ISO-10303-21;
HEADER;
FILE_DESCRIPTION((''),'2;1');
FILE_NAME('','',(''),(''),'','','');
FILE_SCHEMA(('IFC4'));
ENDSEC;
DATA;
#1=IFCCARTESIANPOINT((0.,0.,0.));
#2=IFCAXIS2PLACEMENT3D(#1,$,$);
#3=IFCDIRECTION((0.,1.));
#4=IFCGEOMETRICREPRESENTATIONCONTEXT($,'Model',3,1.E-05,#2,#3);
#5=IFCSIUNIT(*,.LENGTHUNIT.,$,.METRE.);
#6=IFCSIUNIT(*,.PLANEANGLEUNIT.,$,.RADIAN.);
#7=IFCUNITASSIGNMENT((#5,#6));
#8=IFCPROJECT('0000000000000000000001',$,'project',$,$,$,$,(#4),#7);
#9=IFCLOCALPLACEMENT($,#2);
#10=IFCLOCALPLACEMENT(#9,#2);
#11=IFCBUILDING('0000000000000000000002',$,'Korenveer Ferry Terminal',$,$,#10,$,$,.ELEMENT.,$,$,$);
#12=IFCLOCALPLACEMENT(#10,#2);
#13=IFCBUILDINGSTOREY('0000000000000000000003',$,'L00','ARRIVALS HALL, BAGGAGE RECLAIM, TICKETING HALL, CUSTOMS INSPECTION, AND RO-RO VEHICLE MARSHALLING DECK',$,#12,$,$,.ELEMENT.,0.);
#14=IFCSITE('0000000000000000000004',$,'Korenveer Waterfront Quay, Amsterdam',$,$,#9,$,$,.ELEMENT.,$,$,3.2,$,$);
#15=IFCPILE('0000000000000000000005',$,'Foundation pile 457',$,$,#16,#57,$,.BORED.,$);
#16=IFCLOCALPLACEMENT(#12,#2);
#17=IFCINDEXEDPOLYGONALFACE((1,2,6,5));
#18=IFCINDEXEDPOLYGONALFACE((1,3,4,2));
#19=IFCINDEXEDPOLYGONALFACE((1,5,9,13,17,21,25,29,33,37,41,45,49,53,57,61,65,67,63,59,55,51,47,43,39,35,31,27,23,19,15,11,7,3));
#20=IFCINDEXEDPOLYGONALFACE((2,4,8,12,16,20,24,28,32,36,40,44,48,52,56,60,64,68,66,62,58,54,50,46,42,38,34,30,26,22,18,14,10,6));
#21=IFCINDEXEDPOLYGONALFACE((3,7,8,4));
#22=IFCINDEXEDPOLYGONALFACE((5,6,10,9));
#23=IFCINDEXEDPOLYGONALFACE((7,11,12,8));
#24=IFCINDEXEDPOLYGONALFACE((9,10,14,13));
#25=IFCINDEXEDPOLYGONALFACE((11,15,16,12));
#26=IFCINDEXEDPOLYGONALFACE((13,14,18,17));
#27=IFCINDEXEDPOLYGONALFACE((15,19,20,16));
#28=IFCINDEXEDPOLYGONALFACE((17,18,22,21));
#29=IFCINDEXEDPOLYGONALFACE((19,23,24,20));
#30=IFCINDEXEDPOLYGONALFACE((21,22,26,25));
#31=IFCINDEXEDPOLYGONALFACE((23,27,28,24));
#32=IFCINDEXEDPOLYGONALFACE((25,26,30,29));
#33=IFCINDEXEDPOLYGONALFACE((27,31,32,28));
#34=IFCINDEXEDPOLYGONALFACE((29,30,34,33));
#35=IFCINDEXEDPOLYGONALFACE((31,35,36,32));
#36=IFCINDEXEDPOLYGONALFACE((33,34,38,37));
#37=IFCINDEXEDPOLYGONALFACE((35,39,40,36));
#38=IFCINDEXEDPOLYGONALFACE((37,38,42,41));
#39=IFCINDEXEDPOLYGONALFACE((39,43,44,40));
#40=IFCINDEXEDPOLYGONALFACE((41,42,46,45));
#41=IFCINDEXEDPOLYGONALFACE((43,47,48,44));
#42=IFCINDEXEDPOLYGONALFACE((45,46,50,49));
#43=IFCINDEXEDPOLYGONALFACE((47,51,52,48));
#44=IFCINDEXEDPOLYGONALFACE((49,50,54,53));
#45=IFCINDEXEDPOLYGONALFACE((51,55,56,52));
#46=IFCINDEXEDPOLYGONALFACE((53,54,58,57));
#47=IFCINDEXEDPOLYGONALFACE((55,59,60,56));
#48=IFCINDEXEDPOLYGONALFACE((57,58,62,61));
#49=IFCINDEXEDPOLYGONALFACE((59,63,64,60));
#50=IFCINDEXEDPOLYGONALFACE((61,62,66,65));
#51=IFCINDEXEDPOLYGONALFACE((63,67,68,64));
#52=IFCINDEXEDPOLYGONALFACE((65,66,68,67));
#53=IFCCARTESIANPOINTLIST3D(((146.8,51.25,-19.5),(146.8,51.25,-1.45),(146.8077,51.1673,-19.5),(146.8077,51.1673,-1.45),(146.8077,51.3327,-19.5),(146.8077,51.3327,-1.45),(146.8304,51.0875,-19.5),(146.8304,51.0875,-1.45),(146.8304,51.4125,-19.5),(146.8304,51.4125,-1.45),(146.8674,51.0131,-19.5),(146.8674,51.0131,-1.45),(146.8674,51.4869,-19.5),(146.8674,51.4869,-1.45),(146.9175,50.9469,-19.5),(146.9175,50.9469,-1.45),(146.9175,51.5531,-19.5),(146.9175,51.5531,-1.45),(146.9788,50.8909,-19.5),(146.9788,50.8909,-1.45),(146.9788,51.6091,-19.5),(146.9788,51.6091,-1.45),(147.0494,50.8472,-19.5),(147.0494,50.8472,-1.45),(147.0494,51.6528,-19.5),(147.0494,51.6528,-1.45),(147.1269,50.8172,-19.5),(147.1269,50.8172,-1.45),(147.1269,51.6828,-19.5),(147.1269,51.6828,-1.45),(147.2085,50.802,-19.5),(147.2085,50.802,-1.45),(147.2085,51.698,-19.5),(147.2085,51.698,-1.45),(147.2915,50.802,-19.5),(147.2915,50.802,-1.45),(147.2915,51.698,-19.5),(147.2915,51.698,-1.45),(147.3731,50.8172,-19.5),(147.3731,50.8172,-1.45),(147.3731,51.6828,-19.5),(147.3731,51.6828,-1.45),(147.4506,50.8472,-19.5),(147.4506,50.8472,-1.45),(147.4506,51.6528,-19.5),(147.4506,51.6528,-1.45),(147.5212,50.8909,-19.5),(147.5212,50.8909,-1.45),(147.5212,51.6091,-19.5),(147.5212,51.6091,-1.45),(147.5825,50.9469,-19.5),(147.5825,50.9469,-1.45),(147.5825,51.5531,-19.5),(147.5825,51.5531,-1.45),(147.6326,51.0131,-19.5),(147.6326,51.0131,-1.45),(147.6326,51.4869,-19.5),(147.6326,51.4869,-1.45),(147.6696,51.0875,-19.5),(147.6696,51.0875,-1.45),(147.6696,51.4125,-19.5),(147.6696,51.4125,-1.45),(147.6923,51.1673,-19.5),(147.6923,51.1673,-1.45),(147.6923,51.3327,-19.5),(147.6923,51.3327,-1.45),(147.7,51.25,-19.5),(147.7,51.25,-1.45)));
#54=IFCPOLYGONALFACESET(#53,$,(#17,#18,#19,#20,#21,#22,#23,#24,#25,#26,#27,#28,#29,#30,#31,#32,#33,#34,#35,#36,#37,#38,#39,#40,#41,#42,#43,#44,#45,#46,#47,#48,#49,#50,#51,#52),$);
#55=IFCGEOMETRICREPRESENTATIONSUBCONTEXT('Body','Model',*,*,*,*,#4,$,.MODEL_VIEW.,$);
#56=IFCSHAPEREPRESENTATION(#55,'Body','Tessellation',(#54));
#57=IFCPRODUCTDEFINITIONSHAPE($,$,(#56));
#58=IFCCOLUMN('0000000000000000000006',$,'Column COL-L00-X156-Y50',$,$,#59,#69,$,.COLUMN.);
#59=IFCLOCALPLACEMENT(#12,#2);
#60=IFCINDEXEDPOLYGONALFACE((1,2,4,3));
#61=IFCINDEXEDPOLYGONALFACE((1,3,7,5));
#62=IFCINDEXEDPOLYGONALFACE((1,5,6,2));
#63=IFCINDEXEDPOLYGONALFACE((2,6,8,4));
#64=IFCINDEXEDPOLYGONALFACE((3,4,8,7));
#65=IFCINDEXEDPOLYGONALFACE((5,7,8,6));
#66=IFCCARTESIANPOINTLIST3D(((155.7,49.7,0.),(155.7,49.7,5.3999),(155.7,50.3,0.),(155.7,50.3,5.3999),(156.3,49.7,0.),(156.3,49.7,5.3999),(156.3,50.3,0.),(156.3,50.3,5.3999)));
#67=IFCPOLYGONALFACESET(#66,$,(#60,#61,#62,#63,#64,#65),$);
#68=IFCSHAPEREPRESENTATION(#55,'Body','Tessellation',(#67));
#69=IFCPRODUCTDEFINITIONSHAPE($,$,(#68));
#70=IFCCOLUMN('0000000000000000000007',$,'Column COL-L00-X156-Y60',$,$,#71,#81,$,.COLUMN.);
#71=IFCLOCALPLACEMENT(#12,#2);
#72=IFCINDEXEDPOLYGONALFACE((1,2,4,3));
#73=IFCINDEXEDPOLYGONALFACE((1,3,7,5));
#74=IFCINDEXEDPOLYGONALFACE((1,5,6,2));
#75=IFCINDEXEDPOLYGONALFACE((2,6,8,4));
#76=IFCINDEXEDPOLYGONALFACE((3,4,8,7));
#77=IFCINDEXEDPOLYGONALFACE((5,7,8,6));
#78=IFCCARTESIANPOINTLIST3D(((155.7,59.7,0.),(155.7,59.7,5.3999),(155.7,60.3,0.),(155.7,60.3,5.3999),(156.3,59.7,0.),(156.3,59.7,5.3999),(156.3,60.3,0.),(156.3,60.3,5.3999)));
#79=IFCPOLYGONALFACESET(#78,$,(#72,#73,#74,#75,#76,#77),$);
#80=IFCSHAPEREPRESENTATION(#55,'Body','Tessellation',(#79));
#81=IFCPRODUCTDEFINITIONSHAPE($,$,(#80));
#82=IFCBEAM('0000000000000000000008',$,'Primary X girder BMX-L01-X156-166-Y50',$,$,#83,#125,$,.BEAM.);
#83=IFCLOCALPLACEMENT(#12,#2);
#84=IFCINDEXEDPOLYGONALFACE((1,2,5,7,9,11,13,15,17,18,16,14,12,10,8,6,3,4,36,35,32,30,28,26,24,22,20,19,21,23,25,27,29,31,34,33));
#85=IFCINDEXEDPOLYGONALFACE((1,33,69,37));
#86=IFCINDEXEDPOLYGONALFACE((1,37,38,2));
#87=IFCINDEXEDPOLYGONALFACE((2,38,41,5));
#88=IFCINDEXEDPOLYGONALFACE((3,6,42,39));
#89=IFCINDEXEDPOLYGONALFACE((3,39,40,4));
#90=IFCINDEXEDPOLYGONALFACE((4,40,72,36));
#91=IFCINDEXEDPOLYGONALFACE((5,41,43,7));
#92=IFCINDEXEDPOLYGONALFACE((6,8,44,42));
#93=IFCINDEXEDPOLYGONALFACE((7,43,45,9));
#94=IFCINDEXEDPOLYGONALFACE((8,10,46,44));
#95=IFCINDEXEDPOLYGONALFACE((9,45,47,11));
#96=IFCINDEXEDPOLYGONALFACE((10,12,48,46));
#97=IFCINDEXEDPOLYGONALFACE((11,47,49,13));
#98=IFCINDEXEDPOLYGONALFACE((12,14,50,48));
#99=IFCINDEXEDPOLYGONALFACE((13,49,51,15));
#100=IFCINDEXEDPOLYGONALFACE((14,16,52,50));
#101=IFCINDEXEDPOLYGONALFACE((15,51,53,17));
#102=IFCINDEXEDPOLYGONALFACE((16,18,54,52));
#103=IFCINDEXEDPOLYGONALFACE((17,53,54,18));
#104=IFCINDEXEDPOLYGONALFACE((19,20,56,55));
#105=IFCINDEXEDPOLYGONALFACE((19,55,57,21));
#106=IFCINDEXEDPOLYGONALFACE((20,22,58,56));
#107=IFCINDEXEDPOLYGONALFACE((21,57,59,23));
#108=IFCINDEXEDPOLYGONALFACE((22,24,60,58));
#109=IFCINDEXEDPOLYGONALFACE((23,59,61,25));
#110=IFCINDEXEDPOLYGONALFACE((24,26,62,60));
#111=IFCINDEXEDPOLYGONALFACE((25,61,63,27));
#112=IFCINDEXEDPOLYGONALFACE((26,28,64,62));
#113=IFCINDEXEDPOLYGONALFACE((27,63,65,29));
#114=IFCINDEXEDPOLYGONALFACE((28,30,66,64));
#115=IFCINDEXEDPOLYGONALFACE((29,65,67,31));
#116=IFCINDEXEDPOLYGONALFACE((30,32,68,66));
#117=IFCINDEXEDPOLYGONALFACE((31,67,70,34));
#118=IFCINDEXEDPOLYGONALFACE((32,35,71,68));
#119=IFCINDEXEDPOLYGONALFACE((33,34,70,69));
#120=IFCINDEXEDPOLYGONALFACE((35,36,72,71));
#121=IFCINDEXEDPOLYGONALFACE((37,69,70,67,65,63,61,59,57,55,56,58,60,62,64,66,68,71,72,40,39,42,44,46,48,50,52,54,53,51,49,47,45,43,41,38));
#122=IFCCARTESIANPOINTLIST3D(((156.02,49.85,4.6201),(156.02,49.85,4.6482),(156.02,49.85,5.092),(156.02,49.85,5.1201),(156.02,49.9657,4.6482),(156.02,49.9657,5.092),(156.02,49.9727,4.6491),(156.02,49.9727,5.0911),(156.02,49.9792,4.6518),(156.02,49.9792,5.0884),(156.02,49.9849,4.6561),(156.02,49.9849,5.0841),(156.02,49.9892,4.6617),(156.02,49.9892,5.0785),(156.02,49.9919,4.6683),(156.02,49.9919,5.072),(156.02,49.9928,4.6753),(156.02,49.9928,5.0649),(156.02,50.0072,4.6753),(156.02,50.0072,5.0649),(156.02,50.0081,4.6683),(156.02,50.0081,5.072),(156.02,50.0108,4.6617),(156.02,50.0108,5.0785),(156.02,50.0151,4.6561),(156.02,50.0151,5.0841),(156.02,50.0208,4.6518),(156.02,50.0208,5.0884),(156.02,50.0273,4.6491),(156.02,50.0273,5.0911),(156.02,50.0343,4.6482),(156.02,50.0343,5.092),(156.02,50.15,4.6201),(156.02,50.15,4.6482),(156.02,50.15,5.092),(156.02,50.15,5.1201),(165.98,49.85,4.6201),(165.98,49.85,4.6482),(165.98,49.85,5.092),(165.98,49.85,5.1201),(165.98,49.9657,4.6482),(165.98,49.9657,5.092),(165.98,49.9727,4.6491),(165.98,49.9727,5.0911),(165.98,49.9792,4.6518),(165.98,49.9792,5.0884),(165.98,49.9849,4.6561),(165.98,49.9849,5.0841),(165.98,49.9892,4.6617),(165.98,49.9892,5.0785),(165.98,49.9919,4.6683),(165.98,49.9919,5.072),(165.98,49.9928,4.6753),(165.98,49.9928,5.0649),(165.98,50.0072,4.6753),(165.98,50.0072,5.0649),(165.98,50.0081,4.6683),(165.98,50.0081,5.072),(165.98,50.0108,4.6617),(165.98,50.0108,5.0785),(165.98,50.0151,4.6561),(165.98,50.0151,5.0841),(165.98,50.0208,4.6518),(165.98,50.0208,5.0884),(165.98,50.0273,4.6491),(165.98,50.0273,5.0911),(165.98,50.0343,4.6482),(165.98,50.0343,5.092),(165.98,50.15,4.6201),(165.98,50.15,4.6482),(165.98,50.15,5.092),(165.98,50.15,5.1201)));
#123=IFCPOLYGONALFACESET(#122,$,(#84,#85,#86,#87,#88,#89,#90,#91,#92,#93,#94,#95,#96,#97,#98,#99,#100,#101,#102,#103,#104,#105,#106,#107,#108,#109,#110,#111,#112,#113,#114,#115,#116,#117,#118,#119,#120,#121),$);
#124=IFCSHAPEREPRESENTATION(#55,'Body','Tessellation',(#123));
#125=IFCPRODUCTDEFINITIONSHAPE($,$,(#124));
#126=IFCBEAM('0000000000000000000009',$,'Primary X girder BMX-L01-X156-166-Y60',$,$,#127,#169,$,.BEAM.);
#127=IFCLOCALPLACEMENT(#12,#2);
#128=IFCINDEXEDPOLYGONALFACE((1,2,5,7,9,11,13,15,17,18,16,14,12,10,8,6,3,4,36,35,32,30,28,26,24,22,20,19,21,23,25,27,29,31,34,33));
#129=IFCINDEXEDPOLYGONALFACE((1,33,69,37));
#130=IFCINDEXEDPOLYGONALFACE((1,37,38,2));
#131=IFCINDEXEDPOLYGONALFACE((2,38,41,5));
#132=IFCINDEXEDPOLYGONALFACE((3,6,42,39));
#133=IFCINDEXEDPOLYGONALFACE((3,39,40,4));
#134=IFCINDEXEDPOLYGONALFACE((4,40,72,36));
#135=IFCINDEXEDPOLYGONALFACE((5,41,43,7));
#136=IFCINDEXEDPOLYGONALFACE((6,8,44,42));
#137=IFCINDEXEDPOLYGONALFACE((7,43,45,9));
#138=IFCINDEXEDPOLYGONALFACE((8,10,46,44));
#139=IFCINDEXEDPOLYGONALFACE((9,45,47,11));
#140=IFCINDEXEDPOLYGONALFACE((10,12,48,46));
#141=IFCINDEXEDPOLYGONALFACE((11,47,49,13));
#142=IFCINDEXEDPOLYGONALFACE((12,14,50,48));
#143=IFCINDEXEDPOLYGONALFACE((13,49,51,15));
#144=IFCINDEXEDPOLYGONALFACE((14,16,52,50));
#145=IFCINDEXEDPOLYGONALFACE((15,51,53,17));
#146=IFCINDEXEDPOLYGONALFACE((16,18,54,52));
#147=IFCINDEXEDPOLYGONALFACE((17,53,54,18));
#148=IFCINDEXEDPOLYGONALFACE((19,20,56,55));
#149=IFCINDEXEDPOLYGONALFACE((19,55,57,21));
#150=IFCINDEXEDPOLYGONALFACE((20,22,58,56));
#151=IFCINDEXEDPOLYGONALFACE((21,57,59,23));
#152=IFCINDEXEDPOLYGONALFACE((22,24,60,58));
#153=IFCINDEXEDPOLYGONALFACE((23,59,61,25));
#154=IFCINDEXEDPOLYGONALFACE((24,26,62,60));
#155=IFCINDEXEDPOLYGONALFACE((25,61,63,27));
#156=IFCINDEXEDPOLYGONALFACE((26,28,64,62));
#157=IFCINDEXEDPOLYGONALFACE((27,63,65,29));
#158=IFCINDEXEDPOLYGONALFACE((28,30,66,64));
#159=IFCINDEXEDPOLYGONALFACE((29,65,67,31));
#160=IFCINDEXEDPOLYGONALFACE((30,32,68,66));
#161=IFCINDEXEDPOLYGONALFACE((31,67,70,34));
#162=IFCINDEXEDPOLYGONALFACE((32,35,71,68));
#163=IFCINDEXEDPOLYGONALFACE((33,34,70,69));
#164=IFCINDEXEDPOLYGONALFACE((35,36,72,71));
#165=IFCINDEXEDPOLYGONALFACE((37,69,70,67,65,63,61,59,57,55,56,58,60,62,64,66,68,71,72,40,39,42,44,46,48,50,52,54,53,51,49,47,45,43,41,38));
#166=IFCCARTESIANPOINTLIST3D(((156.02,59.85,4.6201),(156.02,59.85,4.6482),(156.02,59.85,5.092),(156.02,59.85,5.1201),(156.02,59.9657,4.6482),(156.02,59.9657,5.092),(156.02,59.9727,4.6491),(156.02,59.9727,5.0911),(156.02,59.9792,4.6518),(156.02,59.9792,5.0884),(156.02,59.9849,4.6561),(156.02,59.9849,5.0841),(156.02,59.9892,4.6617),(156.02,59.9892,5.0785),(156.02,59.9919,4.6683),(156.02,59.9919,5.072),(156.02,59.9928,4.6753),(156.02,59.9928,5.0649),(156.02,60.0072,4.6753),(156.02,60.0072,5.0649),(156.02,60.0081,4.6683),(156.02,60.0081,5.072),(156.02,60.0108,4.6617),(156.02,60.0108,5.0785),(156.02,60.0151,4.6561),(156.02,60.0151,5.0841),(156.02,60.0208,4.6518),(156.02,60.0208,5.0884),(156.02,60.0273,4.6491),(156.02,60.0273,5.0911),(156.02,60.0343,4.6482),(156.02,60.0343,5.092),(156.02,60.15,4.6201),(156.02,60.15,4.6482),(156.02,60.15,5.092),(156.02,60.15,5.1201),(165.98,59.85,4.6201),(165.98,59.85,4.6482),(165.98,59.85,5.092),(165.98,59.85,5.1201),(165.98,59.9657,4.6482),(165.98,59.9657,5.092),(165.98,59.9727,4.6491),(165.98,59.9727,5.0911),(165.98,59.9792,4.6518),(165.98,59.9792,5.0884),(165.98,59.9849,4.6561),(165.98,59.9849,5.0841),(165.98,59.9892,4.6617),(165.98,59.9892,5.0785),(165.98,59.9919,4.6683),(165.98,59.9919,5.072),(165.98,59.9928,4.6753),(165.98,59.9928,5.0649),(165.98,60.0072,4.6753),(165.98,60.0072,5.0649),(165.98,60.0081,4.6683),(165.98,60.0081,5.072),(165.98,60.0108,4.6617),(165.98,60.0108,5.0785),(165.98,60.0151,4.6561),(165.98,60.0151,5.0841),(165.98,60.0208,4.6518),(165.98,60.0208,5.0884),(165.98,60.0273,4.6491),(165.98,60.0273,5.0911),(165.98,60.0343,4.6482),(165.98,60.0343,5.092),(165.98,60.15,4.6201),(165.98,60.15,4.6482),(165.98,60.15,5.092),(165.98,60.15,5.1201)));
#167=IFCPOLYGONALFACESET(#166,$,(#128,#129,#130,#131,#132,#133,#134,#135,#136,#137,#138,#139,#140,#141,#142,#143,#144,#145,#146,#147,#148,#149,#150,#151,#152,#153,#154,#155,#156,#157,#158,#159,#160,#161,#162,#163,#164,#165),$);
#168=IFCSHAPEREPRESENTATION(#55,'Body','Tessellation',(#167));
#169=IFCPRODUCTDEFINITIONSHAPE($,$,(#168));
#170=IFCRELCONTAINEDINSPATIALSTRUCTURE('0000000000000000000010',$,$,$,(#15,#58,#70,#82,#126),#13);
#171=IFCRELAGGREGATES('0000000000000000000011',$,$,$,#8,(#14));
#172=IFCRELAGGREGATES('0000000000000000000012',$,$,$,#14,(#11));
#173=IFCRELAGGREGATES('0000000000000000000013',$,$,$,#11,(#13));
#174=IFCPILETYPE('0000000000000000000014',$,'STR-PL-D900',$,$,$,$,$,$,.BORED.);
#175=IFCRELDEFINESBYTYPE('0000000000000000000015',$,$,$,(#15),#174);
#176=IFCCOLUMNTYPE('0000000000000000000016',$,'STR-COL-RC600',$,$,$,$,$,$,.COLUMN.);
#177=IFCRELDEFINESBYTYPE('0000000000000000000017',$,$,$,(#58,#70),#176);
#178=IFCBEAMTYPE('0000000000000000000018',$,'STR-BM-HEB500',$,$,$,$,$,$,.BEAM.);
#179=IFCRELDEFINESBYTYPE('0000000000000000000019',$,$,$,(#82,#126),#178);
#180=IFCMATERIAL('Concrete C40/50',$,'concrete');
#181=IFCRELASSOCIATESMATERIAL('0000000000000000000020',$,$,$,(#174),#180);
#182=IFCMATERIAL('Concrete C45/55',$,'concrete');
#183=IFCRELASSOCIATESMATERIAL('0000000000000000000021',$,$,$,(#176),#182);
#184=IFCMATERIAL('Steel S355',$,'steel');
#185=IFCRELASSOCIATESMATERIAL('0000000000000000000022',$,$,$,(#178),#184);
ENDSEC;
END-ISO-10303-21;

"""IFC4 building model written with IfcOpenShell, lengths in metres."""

from ifc_helpers import new_model, si_unit, direction, frame, origin, origin_2d, place, context, subcontext, project, spatial, rectangle, circle, i_section, extrude, material, material_profile, profile_set, type_object, element, save


model = new_model("IFC4")

# Units and contexts
model_context = context("Model", 3, precision=1e-05, world=origin(), true_north=direction((0.0, 1.0)))
body_context = subcontext(model_context, "Body", "Model", "MODEL_VIEW")
ifc_project = project(units=[si_unit("LENGTHUNIT", "METRE"), si_unit("PLANEANGLEUNIT", "RADIAN")], contexts=[model_context])

# Site, building, storey
site_placement = place(None, origin())
site = spatial("IfcSite", under=ifc_project, at=site_placement, Name="Korenveer Waterfront Quay, Amsterdam", CompositionType="ELEMENT", RefElevation=3.2)
building_placement = place(site_placement, origin())
building = spatial("IfcBuilding", under=site, at=building_placement, Name="Korenveer Ferry Terminal", CompositionType="ELEMENT")
storey_placement = place(building_placement, origin())
storey = spatial("IfcBuildingStorey", under=building, at=storey_placement, Name="L00", Description="ARRIVALS HALL, BAGGAGE RECLAIM, TICKETING HALL, CUSTOMS INSPECTION, AND RO-RO VEHICLE MARSHALLING DECK", CompositionType="ELEMENT", Elevation=0.0)

# Shared definitions
ifc_material_1 = material(Name="Concrete C40/50", Category="concrete")
ifc_material_2 = material(Name="Concrete C45/55", Category="concrete")

# Pile
ifc_material_profile_1 = material_profile(ifc_material_1, circle(Radius=0.45, at=origin_2d()), Name="PILE D900")
ifc_profile_set_1 = profile_set([ifc_material_profile_1], Name="Concrete C40/50")
pile_type_1 = type_object("IfcPileType", Name="STR-PL-D900", PredefinedType="BORED", material=ifc_profile_set_1)
pile_placement = place(storey_placement, frame((147.25, 51.25, -1.45), z_axis=(0.0, 0.0, -1.0), x_axis=(1.0, 0.0, 0.0)))
element("IfcPile", 1, at=pile_placement, inside=storey, type_object=pile_type_1, Name="Foundation pile 457", PredefinedType="BORED", context=body_context, shape_type="SweptSolid", body=[
    extrude(circle(Radius=0.45, at=origin_2d()), origin(), (0.0, 0.0, 1.0), 18.05),
])

# Columns
ifc_material_profile_2 = material_profile(ifc_material_2, rectangle(XDim=0.6001, YDim=0.6001, at=origin_2d()), Name="RC 600x600")
ifc_profile_set_2 = profile_set([ifc_material_profile_2], Name="Concrete C45/55")
column_type = type_object("IfcColumnType", Name="STR-COL-RC600", PredefinedType="COLUMN", material=ifc_profile_set_2)
for number, where, z_axis, x_axis, name in (
    (2, (156.0, 50.0, 0.0), (0.0, 0.0, 1.0), (1.0, 0.0, 0.0), "Column COL-L00-X156-Y50"),
    (3, (156.0, 60.0, 0.0), (0.0, 0.0, 1.0), (1.0, 0.0, 0.0), "Column COL-L00-X156-Y60"),
):
    element("IfcColumn", number, at=place(storey_placement, frame(where, z_axis=z_axis, x_axis=x_axis)), inside=storey, type_object=column_type, Name=name, PredefinedType="COLUMN", context=body_context, shape_type="SweptSolid", body=[
        extrude(rectangle(XDim=0.6001, YDim=0.6001, at=origin_2d()), origin(), (0.0, 0.0, 1.0), 5.3999),
    ])

# Beams
ifc_material_3 = material(Name="Steel S355", Category="steel")
ifc_material_profile_3 = material_profile(ifc_material_3, i_section(OverallWidth=0.3, OverallDepth=0.5, WebThickness=0.0144, FlangeThickness=0.0281, FilletRadius=0.0271, at=origin_2d()), Name="HEB 500")
ifc_profile_set_3 = profile_set([ifc_material_profile_3], Name="Steel S355")
beam_type_1 = type_object("IfcBeamType", Name="STR-BM-HEB500", PredefinedType="BEAM", material=ifc_profile_set_3)
for number, where, z_axis, x_axis, name in (
    (4, (156.02, 50.0, 4.8701), (1.0, 0.0, 0.0), (0.0, 1.0, 0.0), "Primary X girder BMX-L01-X156-166-Y50"),
    (5, (156.02, 60.0, 4.8701), (1.0, 0.0, 0.0), (0.0, 1.0, 0.0), "Primary X girder BMX-L01-X156-166-Y60"),
):
    element("IfcBeam", number, at=place(storey_placement, frame(where, z_axis=z_axis, x_axis=x_axis)), inside=storey, type_object=beam_type_1, Name=name, PredefinedType="BEAM", context=body_context, shape_type="SweptSolid", body=[
        extrude(i_section(OverallWidth=0.3, OverallDepth=0.5, WebThickness=0.0144, FlangeThickness=0.0281, FilletRadius=0.0271, at=origin_2d()), origin(), (0.0, 0.0, 1.0), 9.96),
    ])

save(model, "model.ifc")
